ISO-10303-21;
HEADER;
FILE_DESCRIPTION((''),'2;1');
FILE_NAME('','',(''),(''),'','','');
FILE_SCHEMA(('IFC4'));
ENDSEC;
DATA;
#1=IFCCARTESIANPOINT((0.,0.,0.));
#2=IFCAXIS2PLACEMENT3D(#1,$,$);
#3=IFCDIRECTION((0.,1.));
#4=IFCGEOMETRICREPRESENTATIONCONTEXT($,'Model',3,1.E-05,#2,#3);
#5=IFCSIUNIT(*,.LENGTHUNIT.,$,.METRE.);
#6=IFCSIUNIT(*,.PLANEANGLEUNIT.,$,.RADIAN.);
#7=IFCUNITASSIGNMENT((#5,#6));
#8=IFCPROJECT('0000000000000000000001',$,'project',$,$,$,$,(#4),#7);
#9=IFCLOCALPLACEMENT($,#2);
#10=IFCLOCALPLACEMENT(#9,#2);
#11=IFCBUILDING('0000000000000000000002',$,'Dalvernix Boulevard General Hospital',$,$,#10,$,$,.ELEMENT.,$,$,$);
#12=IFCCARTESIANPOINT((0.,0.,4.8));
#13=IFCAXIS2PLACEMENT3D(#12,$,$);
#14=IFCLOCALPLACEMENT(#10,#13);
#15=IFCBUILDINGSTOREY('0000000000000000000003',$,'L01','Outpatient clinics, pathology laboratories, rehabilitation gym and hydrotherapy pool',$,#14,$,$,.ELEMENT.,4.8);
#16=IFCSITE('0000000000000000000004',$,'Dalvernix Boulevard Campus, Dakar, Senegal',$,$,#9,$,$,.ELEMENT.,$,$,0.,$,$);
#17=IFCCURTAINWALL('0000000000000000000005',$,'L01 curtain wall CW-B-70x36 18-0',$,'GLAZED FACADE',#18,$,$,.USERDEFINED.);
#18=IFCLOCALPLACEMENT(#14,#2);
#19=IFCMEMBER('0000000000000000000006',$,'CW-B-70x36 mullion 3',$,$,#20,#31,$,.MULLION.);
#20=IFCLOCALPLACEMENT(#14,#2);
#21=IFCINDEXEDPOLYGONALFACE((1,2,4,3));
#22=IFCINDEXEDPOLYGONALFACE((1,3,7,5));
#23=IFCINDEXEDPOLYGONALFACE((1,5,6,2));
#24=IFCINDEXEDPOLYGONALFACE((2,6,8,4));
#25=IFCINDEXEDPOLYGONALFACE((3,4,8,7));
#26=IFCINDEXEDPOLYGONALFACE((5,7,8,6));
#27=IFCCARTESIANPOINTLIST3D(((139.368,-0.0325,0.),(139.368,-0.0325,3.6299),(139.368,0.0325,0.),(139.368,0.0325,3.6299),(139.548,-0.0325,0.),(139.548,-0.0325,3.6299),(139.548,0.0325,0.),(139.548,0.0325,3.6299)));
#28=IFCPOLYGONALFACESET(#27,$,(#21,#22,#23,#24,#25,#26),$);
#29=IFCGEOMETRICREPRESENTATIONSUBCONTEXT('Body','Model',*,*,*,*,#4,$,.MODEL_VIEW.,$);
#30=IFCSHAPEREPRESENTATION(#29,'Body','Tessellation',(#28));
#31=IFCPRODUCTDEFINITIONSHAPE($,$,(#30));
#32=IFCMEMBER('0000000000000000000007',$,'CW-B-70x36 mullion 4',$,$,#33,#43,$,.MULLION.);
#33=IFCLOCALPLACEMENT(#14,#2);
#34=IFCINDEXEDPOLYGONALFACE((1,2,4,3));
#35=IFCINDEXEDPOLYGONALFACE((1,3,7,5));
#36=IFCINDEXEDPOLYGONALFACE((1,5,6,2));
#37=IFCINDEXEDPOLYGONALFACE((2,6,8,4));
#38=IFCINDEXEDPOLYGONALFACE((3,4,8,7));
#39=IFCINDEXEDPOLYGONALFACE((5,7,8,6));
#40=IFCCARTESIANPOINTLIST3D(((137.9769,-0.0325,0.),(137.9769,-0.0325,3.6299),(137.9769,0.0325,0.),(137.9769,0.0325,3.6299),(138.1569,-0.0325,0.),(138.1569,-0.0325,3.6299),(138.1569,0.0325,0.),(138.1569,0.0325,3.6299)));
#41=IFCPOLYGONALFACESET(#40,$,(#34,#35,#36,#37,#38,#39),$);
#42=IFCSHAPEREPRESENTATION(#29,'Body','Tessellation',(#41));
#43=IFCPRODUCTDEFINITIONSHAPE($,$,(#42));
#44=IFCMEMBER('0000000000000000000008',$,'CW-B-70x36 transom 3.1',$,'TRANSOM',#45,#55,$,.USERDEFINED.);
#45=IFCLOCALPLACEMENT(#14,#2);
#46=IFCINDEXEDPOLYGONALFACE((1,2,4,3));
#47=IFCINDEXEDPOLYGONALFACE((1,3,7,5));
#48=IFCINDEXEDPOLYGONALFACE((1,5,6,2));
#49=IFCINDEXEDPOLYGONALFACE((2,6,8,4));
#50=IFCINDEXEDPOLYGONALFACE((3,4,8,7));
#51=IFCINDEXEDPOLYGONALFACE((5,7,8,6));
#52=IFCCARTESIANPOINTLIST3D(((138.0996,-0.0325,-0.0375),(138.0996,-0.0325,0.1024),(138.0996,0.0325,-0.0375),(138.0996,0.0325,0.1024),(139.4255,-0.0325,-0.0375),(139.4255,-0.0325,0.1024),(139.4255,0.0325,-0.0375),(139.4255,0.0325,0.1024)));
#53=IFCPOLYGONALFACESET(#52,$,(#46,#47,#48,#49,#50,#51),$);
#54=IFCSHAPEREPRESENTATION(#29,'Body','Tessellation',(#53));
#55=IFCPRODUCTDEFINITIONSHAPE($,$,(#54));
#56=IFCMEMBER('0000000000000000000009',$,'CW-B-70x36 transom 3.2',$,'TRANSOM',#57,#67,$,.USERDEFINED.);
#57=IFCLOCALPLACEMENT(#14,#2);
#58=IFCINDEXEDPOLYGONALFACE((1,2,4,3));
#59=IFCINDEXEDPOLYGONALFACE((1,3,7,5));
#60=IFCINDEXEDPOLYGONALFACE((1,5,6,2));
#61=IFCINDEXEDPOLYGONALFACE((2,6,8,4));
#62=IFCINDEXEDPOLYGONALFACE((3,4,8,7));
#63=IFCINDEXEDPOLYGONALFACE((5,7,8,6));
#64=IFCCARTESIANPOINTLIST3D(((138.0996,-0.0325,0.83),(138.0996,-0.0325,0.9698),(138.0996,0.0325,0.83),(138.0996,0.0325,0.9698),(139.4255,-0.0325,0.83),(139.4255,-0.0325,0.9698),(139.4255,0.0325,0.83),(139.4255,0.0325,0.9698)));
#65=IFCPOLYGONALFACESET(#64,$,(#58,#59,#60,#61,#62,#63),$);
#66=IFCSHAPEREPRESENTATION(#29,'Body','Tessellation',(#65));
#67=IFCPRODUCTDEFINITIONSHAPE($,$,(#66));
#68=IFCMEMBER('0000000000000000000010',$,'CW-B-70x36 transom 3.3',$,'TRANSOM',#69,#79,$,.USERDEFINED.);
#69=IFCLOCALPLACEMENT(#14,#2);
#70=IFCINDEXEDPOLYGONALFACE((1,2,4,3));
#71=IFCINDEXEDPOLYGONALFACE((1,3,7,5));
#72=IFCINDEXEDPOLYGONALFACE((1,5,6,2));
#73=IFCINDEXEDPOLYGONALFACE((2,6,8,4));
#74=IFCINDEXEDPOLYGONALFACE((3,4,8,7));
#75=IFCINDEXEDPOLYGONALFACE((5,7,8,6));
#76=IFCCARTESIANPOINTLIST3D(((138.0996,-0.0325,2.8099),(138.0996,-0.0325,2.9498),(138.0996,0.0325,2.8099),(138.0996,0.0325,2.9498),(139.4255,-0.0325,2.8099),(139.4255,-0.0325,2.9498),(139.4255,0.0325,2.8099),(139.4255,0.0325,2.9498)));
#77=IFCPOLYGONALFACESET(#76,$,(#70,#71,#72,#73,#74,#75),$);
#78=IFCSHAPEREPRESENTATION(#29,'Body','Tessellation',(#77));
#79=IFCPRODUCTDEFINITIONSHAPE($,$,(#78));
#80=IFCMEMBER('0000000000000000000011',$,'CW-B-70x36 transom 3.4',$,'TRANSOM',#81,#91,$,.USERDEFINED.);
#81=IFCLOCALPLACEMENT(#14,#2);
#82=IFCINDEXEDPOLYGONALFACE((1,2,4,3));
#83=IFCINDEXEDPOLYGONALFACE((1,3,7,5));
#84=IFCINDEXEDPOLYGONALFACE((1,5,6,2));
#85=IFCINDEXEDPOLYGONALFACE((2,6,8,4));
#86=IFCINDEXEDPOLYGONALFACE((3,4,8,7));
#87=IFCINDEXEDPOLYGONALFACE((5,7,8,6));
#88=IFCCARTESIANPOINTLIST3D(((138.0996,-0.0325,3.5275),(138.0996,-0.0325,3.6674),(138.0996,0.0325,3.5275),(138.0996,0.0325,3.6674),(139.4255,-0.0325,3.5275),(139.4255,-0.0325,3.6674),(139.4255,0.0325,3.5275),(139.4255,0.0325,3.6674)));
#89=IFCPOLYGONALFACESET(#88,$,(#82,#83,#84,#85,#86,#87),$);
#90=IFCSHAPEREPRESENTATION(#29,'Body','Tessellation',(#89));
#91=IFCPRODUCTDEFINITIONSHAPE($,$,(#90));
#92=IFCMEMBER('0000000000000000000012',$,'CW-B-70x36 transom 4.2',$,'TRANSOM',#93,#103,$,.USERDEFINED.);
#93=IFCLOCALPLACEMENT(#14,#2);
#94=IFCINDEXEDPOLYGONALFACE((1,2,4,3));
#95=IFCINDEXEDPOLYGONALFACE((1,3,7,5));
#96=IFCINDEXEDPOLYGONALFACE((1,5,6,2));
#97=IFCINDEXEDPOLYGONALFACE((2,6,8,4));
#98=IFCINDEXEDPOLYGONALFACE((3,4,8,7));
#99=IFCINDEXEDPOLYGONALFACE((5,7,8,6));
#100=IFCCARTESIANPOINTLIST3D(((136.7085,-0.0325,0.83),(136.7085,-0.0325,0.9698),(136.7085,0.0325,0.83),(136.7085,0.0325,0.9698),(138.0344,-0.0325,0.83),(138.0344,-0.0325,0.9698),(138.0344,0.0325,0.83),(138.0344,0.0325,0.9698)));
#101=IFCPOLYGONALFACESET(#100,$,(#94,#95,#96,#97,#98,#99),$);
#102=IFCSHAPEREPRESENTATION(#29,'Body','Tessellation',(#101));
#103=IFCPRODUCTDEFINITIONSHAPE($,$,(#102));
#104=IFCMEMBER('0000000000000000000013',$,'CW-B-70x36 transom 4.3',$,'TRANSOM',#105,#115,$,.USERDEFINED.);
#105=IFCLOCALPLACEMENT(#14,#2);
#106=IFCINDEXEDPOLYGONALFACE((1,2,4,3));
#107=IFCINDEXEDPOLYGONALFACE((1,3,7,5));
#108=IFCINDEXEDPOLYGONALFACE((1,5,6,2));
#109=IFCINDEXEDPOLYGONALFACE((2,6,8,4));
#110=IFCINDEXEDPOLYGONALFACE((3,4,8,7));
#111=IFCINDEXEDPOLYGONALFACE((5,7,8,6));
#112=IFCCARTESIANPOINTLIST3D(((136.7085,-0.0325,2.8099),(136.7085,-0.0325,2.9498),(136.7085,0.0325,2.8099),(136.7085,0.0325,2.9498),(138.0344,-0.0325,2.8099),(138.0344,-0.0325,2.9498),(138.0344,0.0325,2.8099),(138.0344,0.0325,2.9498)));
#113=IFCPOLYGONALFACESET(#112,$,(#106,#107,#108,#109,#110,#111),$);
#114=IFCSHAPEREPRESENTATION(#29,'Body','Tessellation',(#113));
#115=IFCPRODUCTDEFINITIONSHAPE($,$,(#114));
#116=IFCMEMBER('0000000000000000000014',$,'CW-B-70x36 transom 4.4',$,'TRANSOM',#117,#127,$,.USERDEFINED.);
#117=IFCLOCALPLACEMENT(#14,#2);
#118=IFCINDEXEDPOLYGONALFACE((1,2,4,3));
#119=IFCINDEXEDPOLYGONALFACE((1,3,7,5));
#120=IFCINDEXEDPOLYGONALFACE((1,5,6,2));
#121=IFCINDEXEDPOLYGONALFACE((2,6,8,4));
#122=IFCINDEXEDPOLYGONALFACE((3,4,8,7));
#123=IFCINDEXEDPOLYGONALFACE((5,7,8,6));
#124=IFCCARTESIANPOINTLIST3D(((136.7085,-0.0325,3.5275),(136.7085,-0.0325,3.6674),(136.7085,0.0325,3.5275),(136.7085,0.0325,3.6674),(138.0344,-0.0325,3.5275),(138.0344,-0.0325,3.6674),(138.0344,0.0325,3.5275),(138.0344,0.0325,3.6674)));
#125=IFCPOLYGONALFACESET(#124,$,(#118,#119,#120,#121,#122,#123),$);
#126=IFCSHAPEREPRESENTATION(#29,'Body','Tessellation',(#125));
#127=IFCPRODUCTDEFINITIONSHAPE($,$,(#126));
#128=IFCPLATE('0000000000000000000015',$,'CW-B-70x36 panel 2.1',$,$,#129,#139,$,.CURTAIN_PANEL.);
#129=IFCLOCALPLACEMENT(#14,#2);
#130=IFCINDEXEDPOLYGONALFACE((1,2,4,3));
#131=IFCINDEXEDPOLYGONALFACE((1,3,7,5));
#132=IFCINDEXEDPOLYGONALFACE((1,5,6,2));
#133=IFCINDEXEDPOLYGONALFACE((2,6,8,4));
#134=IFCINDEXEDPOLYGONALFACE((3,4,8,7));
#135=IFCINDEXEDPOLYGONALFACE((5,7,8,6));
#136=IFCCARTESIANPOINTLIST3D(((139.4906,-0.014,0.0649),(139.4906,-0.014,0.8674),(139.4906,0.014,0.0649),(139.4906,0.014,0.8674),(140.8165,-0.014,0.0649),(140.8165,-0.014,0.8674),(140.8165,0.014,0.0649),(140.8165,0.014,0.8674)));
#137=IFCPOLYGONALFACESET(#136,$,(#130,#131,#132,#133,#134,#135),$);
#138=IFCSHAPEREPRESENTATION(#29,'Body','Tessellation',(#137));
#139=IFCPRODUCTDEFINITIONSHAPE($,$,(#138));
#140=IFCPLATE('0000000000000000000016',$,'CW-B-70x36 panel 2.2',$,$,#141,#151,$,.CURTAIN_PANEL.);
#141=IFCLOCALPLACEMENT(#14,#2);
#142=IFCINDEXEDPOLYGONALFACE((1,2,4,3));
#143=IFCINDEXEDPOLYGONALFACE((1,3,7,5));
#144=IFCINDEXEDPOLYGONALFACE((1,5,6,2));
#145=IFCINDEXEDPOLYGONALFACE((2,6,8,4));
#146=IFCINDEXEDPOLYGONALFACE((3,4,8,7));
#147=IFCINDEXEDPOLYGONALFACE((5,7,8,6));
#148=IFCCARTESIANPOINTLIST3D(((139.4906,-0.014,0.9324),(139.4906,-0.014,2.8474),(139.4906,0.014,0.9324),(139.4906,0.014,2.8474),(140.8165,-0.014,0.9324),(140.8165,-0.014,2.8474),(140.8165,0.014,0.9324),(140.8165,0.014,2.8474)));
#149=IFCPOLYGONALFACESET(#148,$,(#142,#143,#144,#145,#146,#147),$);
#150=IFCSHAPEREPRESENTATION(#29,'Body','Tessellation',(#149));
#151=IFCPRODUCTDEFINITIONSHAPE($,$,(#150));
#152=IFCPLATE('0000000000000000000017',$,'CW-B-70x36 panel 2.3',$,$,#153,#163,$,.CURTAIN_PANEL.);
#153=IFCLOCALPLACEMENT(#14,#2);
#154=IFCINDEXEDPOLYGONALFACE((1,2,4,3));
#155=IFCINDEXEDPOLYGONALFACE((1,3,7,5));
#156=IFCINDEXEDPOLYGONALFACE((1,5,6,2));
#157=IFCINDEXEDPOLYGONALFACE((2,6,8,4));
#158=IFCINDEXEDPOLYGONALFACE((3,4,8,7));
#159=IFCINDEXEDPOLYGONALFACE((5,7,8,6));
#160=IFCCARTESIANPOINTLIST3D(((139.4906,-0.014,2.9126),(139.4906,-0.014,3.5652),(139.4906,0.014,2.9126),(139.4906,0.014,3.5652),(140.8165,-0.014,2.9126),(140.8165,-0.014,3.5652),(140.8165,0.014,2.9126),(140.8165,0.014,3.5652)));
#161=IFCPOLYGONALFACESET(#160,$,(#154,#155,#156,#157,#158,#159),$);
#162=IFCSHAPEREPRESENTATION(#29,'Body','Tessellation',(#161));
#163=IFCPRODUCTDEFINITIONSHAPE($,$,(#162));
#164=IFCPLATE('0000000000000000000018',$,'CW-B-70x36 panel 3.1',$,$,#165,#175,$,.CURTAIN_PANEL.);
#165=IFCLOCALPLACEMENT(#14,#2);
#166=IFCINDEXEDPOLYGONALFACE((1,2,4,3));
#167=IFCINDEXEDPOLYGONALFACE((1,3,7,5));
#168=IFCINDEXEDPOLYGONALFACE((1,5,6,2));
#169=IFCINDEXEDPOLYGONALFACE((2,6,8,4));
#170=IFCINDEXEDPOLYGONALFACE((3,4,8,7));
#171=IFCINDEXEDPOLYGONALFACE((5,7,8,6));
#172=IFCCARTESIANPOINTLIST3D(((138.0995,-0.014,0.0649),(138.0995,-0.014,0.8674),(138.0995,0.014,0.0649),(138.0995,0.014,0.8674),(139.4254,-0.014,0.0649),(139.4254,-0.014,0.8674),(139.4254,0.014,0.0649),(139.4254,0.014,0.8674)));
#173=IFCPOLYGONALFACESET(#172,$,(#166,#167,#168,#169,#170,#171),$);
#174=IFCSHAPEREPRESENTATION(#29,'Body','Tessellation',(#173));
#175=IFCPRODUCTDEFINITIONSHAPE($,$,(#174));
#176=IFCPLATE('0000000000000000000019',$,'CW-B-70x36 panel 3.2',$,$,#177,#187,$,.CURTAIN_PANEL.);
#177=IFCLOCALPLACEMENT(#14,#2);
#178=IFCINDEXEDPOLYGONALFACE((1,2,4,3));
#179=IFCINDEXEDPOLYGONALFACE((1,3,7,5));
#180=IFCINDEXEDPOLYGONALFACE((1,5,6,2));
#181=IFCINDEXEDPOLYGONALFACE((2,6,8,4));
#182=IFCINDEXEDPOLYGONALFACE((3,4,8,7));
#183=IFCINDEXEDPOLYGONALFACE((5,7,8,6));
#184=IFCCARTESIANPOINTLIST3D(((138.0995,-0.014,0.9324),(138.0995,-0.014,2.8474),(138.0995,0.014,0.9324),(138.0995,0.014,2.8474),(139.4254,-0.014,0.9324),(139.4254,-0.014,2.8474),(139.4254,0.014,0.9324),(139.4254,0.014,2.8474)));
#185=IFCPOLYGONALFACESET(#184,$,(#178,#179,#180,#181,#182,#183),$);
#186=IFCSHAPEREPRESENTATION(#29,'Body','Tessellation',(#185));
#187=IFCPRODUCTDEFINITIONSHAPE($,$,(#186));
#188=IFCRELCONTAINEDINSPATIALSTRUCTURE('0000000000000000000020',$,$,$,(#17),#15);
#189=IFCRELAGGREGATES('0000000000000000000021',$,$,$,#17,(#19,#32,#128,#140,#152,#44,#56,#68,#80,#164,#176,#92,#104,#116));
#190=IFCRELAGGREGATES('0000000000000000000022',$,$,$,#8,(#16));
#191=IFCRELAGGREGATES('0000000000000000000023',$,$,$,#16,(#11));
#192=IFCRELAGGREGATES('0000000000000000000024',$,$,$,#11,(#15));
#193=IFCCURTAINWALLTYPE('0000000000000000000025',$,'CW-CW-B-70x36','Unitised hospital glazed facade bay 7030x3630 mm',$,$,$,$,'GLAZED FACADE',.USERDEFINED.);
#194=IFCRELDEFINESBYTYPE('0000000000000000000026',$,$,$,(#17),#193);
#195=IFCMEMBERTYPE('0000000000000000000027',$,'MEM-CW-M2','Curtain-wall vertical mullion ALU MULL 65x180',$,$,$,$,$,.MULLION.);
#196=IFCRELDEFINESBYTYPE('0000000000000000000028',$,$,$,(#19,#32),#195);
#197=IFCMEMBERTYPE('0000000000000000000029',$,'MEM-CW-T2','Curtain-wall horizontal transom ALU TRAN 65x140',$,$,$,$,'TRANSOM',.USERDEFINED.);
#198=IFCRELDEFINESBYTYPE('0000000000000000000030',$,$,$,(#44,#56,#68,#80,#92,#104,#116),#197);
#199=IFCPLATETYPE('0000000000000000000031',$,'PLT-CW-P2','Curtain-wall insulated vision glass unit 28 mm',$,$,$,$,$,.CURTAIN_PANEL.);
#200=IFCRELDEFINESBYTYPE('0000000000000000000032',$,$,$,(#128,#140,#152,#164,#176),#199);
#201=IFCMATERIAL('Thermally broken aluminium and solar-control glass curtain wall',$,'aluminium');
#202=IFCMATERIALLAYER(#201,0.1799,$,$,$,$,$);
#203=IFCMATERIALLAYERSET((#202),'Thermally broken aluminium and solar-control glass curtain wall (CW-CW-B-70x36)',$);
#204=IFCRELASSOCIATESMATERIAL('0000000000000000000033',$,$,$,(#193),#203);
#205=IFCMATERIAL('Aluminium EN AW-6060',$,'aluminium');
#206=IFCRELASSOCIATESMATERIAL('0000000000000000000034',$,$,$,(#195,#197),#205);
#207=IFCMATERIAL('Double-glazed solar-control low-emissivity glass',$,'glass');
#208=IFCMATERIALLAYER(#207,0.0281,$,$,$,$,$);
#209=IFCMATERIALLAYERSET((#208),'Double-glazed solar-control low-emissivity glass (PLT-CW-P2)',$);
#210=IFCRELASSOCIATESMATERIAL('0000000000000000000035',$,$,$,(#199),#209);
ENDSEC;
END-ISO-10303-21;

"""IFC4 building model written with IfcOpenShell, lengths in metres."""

from ifc_helpers import new_model, si_unit, direction, frame, origin, origin_2d, place, context, subcontext, project, spatial, rectangle, extrude, material, layer, layer_set, material_profile, profile_set, type_object, element, aggregate, save


model = new_model("IFC4")

# Units and contexts
model_context = context("Model", 3, precision=1e-05, world=origin(), true_north=direction((0.0, 1.0)))
body_context = subcontext(model_context, "Body", "Model", "MODEL_VIEW")
ifc_project = project(units=[si_unit("LENGTHUNIT", "METRE"), si_unit("PLANEANGLEUNIT", "RADIAN")], contexts=[model_context])

# Site, building, storey
site_placement = place(None, origin())
site = spatial("IfcSite", under=ifc_project, at=site_placement, Name="Dalvernix Boulevard Campus, Dakar, Senegal", CompositionType="ELEMENT", RefElevation=0.0)
building_placement = place(site_placement, origin())
building = spatial("IfcBuilding", under=site, at=building_placement, Name="Dalvernix Boulevard General Hospital", CompositionType="ELEMENT")
storey_placement = place(building_placement, frame((0.0, 0.0, 4.8)))
storey = spatial("IfcBuildingStorey", under=building, at=storey_placement, Name="L01", Description="Outpatient clinics, pathology laboratories, rehabilitation gym and hydrotherapy pool", CompositionType="ELEMENT", Elevation=4.8)

# Curtain wall, members, plates
ifc_material_1 = material(Name="Thermally broken aluminium and solar-control glass curtain wall", Category="aluminium")
ifc_layer_1 = layer(ifc_material_1, 0.1799)
ifc_layer_set_1 = layer_set([ifc_layer_1], Name="Thermally broken aluminium and solar-control glass curtain wall (CW-CW-B-70x36)")
curtain_wall_type = type_object("IfcCurtainWallType", Name="CW-CW-B-70x36", Description="Unitised hospital glazed facade bay 7030x3630 mm", ElementType="GLAZED FACADE", PredefinedType="USERDEFINED", material=ifc_layer_set_1)
curtain_wall_placement = place(storey_placement, origin())
curtain_wall = element("IfcCurtainWall", 1, at=curtain_wall_placement, inside=storey, type_object=curtain_wall_type, Name="L01 curtain wall CW-B-70x36 18-0", ObjectType="GLAZED FACADE", PredefinedType="USERDEFINED")
ifc_material_2 = material(Name="Aluminium EN AW-6060", Category="aluminium")
ifc_material_profile_1 = material_profile(ifc_material_2, rectangle(XDim=0.0649, YDim=0.1799, at=origin_2d()), Name="ALU MULL 65x180")
ifc_profile_set_1 = profile_set([ifc_material_profile_1], Name="Aluminium EN AW-6060")
member_type_1 = type_object("IfcMemberType", Name="MEM-CW-M2", Description="Curtain-wall vertical mullion ALU MULL 65x180", PredefinedType="MULLION", material=ifc_profile_set_1)
member_1_placement = place(storey_placement, frame((139.458, 0.0, 0.0), z_axis=(0.0, 0.0, 1.0), x_axis=(0.0, -1.0, 0.0)))
member_1 = element("IfcMember", 2, at=member_1_placement, type_object=member_type_1, Name="CW-B-70x36 mullion 3", PredefinedType="MULLION", context=body_context, shape_type="SweptSolid", body=[
    extrude(rectangle(XDim=0.0649, YDim=0.1799, at=origin_2d()), origin(), (0.0, 0.0, 1.0), 3.6299),
])
member_2_placement = place(storey_placement, frame((138.0669, 0.0, 0.0), z_axis=(0.0, 0.0, 1.0), x_axis=(0.0, -1.0, 0.0)))
member_2 = element("IfcMember", 3, at=member_2_placement, type_object=member_type_1, Name="CW-B-70x36 mullion 4", PredefinedType="MULLION", context=body_context, shape_type="SweptSolid", body=[
    extrude(rectangle(XDim=0.0649, YDim=0.1799, at=origin_2d()), origin(), (0.0, 0.0, 1.0), 3.6299),
])
ifc_material_profile_2 = material_profile(ifc_material_2, rectangle(XDim=0.0649, YDim=0.1399, at=origin_2d()), Name="ALU TRAN 65x140")
ifc_profile_set_2 = profile_set([ifc_material_profile_2], Name="Aluminium EN AW-6060")
member_type_2 = type_object("IfcMemberType", Name="MEM-CW-T2", Description="Curtain-wall horizontal transom ALU TRAN 65x140", ElementType="TRANSOM", PredefinedType="USERDEFINED", material=ifc_profile_set_2)
member_3_placement = place(storey_placement, frame((139.4255, 0.0, 0.0325), z_axis=(-1.0, 0.0, 0.0), x_axis=(0.0, -1.0, 0.0)))
member_3 = element("IfcMember", 4, at=member_3_placement, type_object=member_type_2, Name="CW-B-70x36 transom 3.1", ObjectType="TRANSOM", PredefinedType="USERDEFINED", context=body_context, shape_type="SweptSolid", body=[
    extrude(rectangle(XDim=0.0649, YDim=0.1399, at=origin_2d()), origin(), (0.0, 0.0, 1.0), 1.3259),
])
member_4_placement = place(storey_placement, frame((139.4255, 0.0, 0.8999), z_axis=(-1.0, 0.0, 0.0), x_axis=(0.0, -1.0, 0.0)))
member_4 = element("IfcMember", 5, at=member_4_placement, type_object=member_type_2, Name="CW-B-70x36 transom 3.2", ObjectType="TRANSOM", PredefinedType="USERDEFINED", context=body_context, shape_type="SweptSolid", body=[
    extrude(rectangle(XDim=0.0649, YDim=0.1399, at=origin_2d()), origin(), (0.0, 0.0, 1.0), 1.3259),
])
member_5_placement = place(storey_placement, frame((139.4255, 0.0, 2.8799), z_axis=(-1.0, 0.0, 0.0), x_axis=(0.0, -1.0, 0.0)))
member_5 = element("IfcMember", 6, at=member_5_placement, type_object=member_type_2, Name="CW-B-70x36 transom 3.3", ObjectType="TRANSOM", PredefinedType="USERDEFINED", context=body_context, shape_type="SweptSolid", body=[
    extrude(rectangle(XDim=0.0649, YDim=0.1399, at=origin_2d()), origin(), (0.0, 0.0, 1.0), 1.3259),
])
member_6_placement = place(storey_placement, frame((139.4255, 0.0, 3.5974), z_axis=(-1.0, 0.0, 0.0), x_axis=(0.0, -1.0, 0.0)))
member_6 = element("IfcMember", 7, at=member_6_placement, type_object=member_type_2, Name="CW-B-70x36 transom 3.4", ObjectType="TRANSOM", PredefinedType="USERDEFINED", context=body_context, shape_type="SweptSolid", body=[
    extrude(rectangle(XDim=0.0649, YDim=0.1399, at=origin_2d()), origin(), (0.0, 0.0, 1.0), 1.3259),
])
member_7_placement = place(storey_placement, frame((138.0344, 0.0, 0.8999), z_axis=(-1.0, 0.0, 0.0), x_axis=(0.0, -1.0, 0.0)))
member_7 = element("IfcMember", 8, at=member_7_placement, type_object=member_type_2, Name="CW-B-70x36 transom 4.2", ObjectType="TRANSOM", PredefinedType="USERDEFINED", context=body_context, shape_type="SweptSolid", body=[
    extrude(rectangle(XDim=0.0649, YDim=0.1399, at=origin_2d()), origin(), (0.0, 0.0, 1.0), 1.3259),
])
member_8_placement = place(storey_placement, frame((138.0344, 0.0, 2.8799), z_axis=(-1.0, 0.0, 0.0), x_axis=(0.0, -1.0, 0.0)))
member_8 = element("IfcMember", 9, at=member_8_placement, type_object=member_type_2, Name="CW-B-70x36 transom 4.3", ObjectType="TRANSOM", PredefinedType="USERDEFINED", context=body_context, shape_type="SweptSolid", body=[
    extrude(rectangle(XDim=0.0649, YDim=0.1399, at=origin_2d()), origin(), (0.0, 0.0, 1.0), 1.3259),
])
member_9_placement = place(storey_placement, frame((138.0344, 0.0, 3.5974), z_axis=(-1.0, 0.0, 0.0), x_axis=(0.0, -1.0, 0.0)))
member_9 = element("IfcMember", 10, at=member_9_placement, type_object=member_type_2, Name="CW-B-70x36 transom 4.4", ObjectType="TRANSOM", PredefinedType="USERDEFINED", context=body_context, shape_type="SweptSolid", body=[
    extrude(rectangle(XDim=0.0649, YDim=0.1399, at=origin_2d()), origin(), (0.0, 0.0, 1.0), 1.3259),
])
ifc_material_3 = material(Name="Double-glazed solar-control low-emissivity glass", Category="glass")
ifc_layer_2 = layer(ifc_material_3, 0.0281)
ifc_layer_set_2 = layer_set([ifc_layer_2], Name="Double-glazed solar-control low-emissivity glass (PLT-CW-P2)")
plate_type = type_object("IfcPlateType", Name="PLT-CW-P2", Description="Curtain-wall insulated vision glass unit 28 mm", PredefinedType="CURTAIN_PANEL", material=ifc_layer_set_2)
plate_1_placement = place(storey_placement, frame((140.1536, 0.0, 0.0649), z_axis=(0.0, 0.0, 1.0), x_axis=(-1.0, 0.0, 0.0)))
plate_1 = element("IfcPlate", 11, at=plate_1_placement, type_object=plate_type, Name="CW-B-70x36 panel 2.1", PredefinedType="CURTAIN_PANEL", context=body_context, shape_type="SweptSolid", body=[
    extrude(rectangle(XDim=1.3259, YDim=0.0281, at=origin_2d()), origin(), (0.0, 0.0, 1.0), 0.8025),
])
plate_2_placement = place(storey_placement, frame((140.1536, 0.0, 0.9324), z_axis=(0.0, 0.0, 1.0), x_axis=(-1.0, 0.0, 0.0)))
plate_2 = element("IfcPlate", 12, at=plate_2_placement, type_object=plate_type, Name="CW-B-70x36 panel 2.2", PredefinedType="CURTAIN_PANEL", context=body_context, shape_type="SweptSolid", body=[
    extrude(rectangle(XDim=1.3259, YDim=0.0281, at=origin_2d()), origin(), (0.0, 0.0, 1.0), 1.915),
])
plate_3_placement = place(storey_placement, frame((140.1536, 0.0, 2.9126), z_axis=(0.0, 0.0, 1.0), x_axis=(-1.0, 0.0, 0.0)))
plate_3 = element("IfcPlate", 13, at=plate_3_placement, type_object=plate_type, Name="CW-B-70x36 panel 2.3", PredefinedType="CURTAIN_PANEL", context=body_context, shape_type="SweptSolid", body=[
    extrude(rectangle(XDim=1.3259, YDim=0.0281, at=origin_2d()), origin(), (0.0, 0.0, 1.0), 0.6526),
])
plate_4_placement = place(storey_placement, frame((138.7625, 0.0, 0.0649), z_axis=(0.0, 0.0, 1.0), x_axis=(-1.0, 0.0, 0.0)))
plate_4 = element("IfcPlate", 14, at=plate_4_placement, type_object=plate_type, Name="CW-B-70x36 panel 3.1", PredefinedType="CURTAIN_PANEL", context=body_context, shape_type="SweptSolid", body=[
    extrude(rectangle(XDim=1.3259, YDim=0.0281, at=origin_2d()), origin(), (0.0, 0.0, 1.0), 0.8025),
])
plate_5_placement = place(storey_placement, frame((138.7625, 0.0, 0.9324), z_axis=(0.0, 0.0, 1.0), x_axis=(-1.0, 0.0, 0.0)))
plate_5 = element("IfcPlate", 15, at=plate_5_placement, type_object=plate_type, Name="CW-B-70x36 panel 3.2", PredefinedType="CURTAIN_PANEL", context=body_context, shape_type="SweptSolid", body=[
    extrude(rectangle(XDim=1.3259, YDim=0.0281, at=origin_2d()), origin(), (0.0, 0.0, 1.0), 1.915),
])
aggregate(curtain_wall, [member_1, member_2, plate_1, plate_2, plate_3, member_3, member_4, member_5, member_6, plate_4, plate_5, member_7, member_8, member_9])

save(model, "model.ifc")
